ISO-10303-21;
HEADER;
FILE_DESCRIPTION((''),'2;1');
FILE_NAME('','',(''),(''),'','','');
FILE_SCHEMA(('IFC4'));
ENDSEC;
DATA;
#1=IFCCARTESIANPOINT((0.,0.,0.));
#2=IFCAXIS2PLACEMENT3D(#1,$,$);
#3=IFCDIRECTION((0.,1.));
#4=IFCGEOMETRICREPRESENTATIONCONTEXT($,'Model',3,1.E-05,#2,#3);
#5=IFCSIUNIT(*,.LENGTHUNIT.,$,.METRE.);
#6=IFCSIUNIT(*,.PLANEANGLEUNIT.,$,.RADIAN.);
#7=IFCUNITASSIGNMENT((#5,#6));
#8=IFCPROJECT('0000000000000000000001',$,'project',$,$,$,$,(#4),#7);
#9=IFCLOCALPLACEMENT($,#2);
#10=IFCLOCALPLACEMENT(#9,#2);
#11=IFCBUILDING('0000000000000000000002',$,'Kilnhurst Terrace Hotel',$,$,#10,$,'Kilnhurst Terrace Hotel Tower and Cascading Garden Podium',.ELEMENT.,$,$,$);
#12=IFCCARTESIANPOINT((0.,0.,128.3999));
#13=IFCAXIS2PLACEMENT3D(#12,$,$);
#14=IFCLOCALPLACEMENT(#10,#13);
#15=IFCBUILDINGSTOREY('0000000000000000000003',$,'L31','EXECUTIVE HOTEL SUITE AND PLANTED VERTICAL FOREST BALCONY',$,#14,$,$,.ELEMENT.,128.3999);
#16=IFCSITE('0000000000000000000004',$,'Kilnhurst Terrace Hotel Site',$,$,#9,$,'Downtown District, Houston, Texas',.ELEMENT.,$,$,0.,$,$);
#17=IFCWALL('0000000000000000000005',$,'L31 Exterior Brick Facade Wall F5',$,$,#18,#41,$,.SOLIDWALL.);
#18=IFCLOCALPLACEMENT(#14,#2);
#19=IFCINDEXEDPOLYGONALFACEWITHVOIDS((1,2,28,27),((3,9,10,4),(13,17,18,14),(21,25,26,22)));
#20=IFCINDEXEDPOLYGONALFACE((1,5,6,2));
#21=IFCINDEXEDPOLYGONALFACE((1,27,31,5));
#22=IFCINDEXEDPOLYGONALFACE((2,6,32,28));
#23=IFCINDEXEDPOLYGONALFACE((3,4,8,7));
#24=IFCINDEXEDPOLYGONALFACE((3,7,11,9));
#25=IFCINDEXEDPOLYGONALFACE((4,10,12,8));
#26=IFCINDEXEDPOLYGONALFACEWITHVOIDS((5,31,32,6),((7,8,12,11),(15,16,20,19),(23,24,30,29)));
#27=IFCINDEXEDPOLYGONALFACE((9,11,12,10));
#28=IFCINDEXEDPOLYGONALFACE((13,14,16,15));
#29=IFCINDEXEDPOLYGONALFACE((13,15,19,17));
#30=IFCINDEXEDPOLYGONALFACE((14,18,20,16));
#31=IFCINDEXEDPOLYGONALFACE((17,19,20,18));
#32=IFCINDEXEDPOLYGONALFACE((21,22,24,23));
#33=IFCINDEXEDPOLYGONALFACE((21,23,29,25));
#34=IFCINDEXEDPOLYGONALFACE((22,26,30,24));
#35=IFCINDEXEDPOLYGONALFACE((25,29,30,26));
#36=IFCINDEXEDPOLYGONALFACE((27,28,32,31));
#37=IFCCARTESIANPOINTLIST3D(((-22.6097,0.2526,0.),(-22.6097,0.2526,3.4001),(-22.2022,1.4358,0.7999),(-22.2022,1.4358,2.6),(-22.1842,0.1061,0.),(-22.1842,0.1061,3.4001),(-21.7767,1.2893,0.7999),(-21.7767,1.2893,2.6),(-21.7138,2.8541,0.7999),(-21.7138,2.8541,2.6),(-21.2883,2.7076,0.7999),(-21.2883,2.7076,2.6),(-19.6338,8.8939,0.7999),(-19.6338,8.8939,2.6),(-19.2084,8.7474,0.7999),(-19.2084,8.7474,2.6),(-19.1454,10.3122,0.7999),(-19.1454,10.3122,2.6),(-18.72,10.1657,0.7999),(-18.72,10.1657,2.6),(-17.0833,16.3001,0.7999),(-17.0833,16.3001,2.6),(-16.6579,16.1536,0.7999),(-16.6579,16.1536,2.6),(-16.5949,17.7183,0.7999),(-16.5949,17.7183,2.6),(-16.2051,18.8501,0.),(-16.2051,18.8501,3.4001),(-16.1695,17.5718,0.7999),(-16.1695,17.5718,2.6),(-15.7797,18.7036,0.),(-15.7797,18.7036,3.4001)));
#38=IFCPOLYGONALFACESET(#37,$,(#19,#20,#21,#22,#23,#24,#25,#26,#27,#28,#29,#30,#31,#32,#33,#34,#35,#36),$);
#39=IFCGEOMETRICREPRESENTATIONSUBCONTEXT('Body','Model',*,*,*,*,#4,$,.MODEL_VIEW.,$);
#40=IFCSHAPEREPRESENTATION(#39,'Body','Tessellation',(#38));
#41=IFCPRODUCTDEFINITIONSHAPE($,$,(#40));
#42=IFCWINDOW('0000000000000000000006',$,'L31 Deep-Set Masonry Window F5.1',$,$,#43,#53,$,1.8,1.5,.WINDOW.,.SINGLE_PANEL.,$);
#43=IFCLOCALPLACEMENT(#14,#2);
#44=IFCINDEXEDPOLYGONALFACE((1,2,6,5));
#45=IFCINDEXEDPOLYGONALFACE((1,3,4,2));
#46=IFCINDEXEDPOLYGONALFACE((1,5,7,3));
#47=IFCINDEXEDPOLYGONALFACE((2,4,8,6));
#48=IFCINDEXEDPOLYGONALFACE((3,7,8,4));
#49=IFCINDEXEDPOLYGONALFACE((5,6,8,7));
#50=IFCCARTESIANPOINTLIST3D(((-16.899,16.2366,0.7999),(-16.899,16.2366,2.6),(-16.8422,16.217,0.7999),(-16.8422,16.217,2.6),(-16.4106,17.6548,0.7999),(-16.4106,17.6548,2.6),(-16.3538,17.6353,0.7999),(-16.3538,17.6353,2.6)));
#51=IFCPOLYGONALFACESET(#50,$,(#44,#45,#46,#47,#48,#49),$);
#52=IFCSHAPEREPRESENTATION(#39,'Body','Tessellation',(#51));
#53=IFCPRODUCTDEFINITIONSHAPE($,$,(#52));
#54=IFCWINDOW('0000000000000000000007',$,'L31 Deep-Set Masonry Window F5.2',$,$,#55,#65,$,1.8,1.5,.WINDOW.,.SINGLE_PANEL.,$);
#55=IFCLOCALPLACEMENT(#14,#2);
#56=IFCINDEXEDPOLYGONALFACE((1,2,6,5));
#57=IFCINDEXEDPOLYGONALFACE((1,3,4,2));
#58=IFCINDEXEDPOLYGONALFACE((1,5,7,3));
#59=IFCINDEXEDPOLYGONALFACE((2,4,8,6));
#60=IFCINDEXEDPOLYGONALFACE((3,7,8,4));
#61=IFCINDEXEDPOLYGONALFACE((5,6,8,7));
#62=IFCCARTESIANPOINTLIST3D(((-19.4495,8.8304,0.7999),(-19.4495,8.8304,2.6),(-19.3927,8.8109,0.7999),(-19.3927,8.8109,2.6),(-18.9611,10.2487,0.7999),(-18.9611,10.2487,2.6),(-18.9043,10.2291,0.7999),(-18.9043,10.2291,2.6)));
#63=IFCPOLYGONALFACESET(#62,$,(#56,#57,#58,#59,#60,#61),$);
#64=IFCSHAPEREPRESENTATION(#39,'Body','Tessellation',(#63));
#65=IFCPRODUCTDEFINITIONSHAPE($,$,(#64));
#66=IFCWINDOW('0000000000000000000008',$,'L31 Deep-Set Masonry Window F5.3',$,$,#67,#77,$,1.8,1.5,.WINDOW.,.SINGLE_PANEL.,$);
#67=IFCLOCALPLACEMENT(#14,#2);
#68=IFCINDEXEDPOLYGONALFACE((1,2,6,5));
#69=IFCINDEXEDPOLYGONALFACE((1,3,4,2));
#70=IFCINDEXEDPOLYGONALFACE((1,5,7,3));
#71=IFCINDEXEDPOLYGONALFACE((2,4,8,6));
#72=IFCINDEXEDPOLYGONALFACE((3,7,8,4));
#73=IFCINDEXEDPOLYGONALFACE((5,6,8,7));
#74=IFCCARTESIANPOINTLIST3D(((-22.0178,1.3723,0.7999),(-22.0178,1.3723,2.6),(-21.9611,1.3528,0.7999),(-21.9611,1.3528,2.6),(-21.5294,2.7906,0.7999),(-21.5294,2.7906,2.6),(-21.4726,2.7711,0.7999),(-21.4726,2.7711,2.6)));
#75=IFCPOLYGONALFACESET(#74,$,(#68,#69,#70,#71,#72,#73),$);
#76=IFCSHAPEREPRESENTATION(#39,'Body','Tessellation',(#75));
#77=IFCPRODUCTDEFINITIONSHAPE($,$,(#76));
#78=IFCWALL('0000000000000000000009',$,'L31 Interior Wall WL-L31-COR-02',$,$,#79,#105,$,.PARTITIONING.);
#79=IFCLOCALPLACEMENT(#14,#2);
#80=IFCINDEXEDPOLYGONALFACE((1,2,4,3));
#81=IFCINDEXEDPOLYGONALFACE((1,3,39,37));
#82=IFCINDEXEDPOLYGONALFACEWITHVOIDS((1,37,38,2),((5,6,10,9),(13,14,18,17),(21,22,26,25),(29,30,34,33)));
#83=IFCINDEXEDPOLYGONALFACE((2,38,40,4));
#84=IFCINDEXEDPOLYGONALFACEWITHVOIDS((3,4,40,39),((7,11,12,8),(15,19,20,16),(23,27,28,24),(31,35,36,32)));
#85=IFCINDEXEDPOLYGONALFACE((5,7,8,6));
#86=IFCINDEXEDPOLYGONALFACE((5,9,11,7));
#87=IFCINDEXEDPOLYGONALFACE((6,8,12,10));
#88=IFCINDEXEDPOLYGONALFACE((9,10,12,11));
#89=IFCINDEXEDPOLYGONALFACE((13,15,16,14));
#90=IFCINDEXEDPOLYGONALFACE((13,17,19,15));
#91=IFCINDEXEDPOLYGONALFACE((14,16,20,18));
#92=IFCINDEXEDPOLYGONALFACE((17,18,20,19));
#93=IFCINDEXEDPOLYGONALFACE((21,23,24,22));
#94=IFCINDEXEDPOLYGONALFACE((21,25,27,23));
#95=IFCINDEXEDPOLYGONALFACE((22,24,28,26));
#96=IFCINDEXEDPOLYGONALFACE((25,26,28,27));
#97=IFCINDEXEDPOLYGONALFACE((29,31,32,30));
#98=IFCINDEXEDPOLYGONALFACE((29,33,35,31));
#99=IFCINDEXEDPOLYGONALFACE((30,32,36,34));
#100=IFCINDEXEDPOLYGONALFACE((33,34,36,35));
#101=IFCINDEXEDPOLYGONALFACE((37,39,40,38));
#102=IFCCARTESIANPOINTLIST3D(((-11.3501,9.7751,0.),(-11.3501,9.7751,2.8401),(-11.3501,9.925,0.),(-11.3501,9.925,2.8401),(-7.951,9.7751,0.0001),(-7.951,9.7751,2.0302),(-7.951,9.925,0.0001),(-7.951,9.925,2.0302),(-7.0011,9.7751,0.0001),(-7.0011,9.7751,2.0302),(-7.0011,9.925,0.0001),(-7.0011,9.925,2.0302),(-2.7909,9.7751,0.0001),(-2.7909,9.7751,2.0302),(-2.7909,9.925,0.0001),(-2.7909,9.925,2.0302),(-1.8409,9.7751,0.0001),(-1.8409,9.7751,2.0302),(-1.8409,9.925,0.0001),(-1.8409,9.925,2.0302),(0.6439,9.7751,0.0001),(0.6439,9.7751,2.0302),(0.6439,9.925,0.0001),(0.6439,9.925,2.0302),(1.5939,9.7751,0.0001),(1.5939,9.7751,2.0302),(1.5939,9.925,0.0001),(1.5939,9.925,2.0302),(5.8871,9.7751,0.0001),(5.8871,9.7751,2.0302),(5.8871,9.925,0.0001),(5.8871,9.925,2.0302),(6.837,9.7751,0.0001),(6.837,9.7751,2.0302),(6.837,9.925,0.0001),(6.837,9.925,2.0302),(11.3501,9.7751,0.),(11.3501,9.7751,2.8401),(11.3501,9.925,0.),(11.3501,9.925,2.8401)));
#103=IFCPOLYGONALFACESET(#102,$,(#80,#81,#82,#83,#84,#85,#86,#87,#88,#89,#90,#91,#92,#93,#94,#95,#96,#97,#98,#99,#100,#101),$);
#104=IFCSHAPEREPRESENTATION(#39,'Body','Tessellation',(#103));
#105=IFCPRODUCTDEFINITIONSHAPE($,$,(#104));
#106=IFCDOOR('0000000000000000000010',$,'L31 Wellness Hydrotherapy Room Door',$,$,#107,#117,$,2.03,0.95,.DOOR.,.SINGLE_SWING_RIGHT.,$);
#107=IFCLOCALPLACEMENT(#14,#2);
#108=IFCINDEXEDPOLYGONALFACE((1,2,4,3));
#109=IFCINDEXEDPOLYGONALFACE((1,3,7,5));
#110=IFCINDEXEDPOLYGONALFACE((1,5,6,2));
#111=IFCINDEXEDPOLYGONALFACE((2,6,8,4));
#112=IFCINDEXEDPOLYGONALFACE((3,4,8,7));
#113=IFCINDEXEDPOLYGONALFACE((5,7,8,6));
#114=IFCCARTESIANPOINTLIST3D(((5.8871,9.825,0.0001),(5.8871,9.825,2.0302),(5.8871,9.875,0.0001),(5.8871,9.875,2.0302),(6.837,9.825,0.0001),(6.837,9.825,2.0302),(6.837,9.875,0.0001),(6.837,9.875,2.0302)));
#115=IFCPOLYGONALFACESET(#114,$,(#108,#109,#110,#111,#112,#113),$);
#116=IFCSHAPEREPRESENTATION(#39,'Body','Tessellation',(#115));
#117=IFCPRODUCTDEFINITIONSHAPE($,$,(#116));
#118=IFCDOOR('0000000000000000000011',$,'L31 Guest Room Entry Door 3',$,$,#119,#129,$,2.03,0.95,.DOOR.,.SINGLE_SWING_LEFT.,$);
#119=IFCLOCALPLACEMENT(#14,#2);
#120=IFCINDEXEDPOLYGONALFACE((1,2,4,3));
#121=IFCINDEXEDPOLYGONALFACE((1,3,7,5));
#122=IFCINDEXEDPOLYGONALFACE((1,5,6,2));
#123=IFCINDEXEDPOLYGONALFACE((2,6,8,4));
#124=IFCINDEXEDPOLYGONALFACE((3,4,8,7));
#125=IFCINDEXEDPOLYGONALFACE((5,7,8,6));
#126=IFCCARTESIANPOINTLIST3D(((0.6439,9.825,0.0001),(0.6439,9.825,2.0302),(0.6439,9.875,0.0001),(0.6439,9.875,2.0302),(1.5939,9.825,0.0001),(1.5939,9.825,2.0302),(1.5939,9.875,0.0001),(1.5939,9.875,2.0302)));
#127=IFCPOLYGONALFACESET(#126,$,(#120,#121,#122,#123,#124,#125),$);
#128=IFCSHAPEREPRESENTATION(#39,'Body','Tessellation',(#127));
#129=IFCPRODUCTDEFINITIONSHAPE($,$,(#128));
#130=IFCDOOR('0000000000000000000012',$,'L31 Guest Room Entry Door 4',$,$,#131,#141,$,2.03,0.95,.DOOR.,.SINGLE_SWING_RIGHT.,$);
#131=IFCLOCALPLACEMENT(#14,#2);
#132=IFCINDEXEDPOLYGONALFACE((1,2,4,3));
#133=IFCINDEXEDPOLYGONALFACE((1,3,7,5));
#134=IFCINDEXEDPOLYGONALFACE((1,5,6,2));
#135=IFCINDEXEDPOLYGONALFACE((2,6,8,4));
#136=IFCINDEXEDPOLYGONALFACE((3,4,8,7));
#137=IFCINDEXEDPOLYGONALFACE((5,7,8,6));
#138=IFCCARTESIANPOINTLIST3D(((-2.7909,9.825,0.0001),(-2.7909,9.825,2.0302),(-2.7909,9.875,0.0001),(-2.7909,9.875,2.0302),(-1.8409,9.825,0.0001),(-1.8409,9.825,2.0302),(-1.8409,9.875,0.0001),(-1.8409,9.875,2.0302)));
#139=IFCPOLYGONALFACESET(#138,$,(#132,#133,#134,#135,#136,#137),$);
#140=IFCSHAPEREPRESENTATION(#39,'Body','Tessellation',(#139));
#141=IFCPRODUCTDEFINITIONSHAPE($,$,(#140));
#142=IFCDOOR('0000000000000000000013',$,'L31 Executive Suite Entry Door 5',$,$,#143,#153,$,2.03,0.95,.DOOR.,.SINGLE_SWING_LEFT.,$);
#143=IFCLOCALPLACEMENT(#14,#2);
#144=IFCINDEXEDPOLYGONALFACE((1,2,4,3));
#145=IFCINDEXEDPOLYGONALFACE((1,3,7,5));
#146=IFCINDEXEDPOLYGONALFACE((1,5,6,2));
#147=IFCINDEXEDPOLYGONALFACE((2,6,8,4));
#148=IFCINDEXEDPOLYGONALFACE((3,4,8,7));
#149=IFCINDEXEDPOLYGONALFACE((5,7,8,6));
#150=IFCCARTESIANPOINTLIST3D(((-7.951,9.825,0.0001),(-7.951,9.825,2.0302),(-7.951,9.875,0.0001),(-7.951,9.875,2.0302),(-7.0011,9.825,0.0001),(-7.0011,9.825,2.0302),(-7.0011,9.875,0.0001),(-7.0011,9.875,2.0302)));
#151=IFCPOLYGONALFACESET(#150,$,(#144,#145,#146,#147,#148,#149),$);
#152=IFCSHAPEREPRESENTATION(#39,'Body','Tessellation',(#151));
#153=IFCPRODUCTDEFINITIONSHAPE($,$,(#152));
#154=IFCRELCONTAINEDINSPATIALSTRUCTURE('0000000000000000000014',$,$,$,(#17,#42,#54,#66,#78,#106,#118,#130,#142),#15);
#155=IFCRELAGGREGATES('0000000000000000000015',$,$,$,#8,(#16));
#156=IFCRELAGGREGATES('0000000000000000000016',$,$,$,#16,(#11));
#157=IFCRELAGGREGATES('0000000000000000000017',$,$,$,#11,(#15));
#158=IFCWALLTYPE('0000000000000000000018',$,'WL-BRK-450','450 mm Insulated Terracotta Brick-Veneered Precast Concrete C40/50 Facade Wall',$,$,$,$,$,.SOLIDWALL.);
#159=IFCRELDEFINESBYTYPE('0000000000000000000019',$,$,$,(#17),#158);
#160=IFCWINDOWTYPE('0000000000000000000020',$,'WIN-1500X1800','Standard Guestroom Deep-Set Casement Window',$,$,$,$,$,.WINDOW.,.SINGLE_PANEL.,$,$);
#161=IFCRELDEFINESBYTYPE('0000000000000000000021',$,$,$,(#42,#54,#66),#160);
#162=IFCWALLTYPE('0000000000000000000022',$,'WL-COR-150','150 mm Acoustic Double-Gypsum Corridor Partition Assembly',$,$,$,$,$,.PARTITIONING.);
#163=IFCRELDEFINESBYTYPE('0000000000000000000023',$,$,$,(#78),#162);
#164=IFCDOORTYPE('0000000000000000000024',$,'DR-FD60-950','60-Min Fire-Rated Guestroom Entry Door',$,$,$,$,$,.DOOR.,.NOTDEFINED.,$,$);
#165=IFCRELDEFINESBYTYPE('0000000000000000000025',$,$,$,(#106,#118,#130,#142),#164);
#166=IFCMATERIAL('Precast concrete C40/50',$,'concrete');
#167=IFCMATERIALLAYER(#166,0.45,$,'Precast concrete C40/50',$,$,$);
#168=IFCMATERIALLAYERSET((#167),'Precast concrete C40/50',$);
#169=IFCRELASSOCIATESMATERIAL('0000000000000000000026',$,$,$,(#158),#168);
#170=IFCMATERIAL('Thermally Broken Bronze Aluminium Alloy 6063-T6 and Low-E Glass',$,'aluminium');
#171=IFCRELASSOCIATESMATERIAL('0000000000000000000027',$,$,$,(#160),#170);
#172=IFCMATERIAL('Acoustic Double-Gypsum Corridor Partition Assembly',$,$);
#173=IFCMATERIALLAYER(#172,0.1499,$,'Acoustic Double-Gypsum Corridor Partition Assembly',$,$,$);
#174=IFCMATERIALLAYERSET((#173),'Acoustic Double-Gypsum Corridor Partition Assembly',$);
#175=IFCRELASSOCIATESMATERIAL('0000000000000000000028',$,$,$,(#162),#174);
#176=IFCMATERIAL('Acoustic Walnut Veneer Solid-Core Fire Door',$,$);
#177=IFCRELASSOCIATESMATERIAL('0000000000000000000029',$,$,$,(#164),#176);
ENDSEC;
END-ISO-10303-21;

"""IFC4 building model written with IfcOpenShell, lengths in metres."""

from ifc_helpers import new_model, si_unit, direction, frame, frame_2d, origin, place, context, subcontext, project, spatial, rectangle, extrude, material, layer, layer_set, type_object, element, fill, save


model = new_model("IFC4")

# Units and contexts
model_context = context("Model", 3, precision=1e-05, world=origin(), true_north=direction((0.0, 1.0)))
body_context = subcontext(model_context, "Body", "Model", "MODEL_VIEW")
ifc_project = project(units=[si_unit("LENGTHUNIT", "METRE"), si_unit("PLANEANGLEUNIT", "RADIAN")], contexts=[model_context])

# Site, building, storey
site_placement = place(None, origin())
site = spatial("IfcSite", under=ifc_project, at=site_placement, Name="Kilnhurst Terrace Hotel Site", LongName="Downtown District, Houston, Texas", CompositionType="ELEMENT", RefElevation=0.0)
building_placement = place(site_placement, origin())
building = spatial("IfcBuilding", under=site, at=building_placement, Name="Kilnhurst Terrace Hotel", LongName="Kilnhurst Terrace Hotel Tower and Cascading Garden Podium", CompositionType="ELEMENT")
storey_placement = place(building_placement, frame((0.0, 0.0, 128.3999)))
storey = spatial("IfcBuildingStorey", under=building, at=storey_placement, Name="L31", Description="EXECUTIVE HOTEL SUITE AND PLANTED VERTICAL FOREST BALCONY", CompositionType="ELEMENT", Elevation=128.3999)

# Shared definitions
ifc_material_1 = material(Name="Precast concrete C40/50", Category="concrete")
ifc_layer_1 = layer(ifc_material_1, 0.45, Name="Precast concrete C40/50")
ifc_layer_set_1 = layer_set([ifc_layer_1], Name="Precast concrete C40/50")
wall_type_1 = type_object("IfcWallType", Name="WL-BRK-450", Description="450 mm Insulated Terracotta Brick-Veneered Precast Concrete C40/50 Facade Wall", PredefinedType="SOLIDWALL", material=ifc_layer_set_1)

# Wall, openings, windows
wall_1_placement = place(storey_placement, frame((-15.9924, 18.7769, 0.0), z_axis=(0.0, 0.0, 1.0), x_axis=(-0.325607, -0.945505, 0.0)))
wall_1 = element("IfcWall", 1, at=wall_1_placement, inside=storey, type_object=wall_type_1, Name="L31 Exterior Brick Facade Wall F5", PredefinedType="SOLIDWALL", context=body_context, shape_type="SweptSolid", body=[
    extrude(rectangle(XDim=19.6694, YDim=0.45, at=frame_2d((9.8347, 0.0))), origin(), (0.0, 0.0, 1.0), 3.4001),
])
opening_1_placement = place(wall_1_placement, frame((1.197, 0.0, 0.8)))
opening_1 = element("IfcOpeningElement", 2, at=opening_1_placement, cuts=wall_1, PredefinedType="OPENING", context=body_context, shape_type="SweptSolid", body=[
    extrude(rectangle(XDim=1.5, YDim=1.8, at=frame_2d((0.75, 0.8999))), frame((0.0, 0.2349, 0.0), z_axis=(0.0, -1.0, 0.0), x_axis=(1.0, 0.0, 0.0)), (0.0, 0.0, 1.0), 0.47),
])
opening_2_placement = place(wall_1_placement, frame((9.03, 0.0, 0.8)))
opening_2 = element("IfcOpeningElement", 3, at=opening_2_placement, cuts=wall_1, PredefinedType="OPENING", context=body_context, shape_type="SweptSolid", body=[
    extrude(rectangle(XDim=1.5, YDim=1.8, at=frame_2d((0.75, 0.8999))), frame((0.0, 0.2349, 0.0), z_axis=(0.0, -1.0, 0.0), x_axis=(1.0, 0.0, 0.0)), (0.0, 0.0, 1.0), 0.47),
])
opening_3_placement = place(wall_1_placement, frame((16.918, 0.0, 0.8)))
opening_3 = element("IfcOpeningElement", 4, at=opening_3_placement, cuts=wall_1, PredefinedType="OPENING", context=body_context, shape_type="SweptSolid", body=[
    extrude(rectangle(XDim=1.5, YDim=1.8, at=frame_2d((0.75, 0.8999))), frame((0.0, 0.2349, 0.0), z_axis=(0.0, -1.0, 0.0), x_axis=(1.0, 0.0, 0.0)), (0.0, 0.0, 1.0), 0.47),
])
ifc_material_2 = material(Name="Thermally Broken Bronze Aluminium Alloy 6063-T6 and Low-E Glass", Category="aluminium")
window_type = type_object("IfcWindowType", Name="WIN-1500X1800", Description="Standard Guestroom Deep-Set Casement Window", PartitioningType="SINGLE_PANEL", PredefinedType="WINDOW", material=ifc_material_2)
window_1_placement = place(opening_1_placement, origin())
window_1 = element("IfcWindow", 5, at=window_1_placement, inside=storey, type_object=window_type, Name="L31 Deep-Set Masonry Window F5.1", OverallHeight=1.8, OverallWidth=1.5, PartitioningType="SINGLE_PANEL", PredefinedType="WINDOW", context=body_context, shape_type="SweptSolid", body=[
    extrude(rectangle(XDim=1.5, YDim=1.8, at=frame_2d((0.75, 0.8999))), frame((0.0, 0.03, 0.0), z_axis=(0.0, -1.0, 0.0), x_axis=(1.0, 0.0, 0.0)), (0.0, 0.0, 1.0), 0.0601),
])
fill(opening_1, window_1)
window_2_placement = place(opening_2_placement, origin())
window_2 = element("IfcWindow", 6, at=window_2_placement, inside=storey, type_object=window_type, Name="L31 Deep-Set Masonry Window F5.2", OverallHeight=1.8, OverallWidth=1.5, PartitioningType="SINGLE_PANEL", PredefinedType="WINDOW", context=body_context, shape_type="SweptSolid", body=[
    extrude(rectangle(XDim=1.5, YDim=1.8, at=frame_2d((0.75, 0.8999))), frame((0.0, 0.03, 0.0), z_axis=(0.0, -1.0, 0.0), x_axis=(1.0, 0.0, 0.0)), (0.0, 0.0, 1.0), 0.0601),
])
fill(opening_2, window_2)
window_3_placement = place(opening_3_placement, origin())
window_3 = element("IfcWindow", 7, at=window_3_placement, inside=storey, type_object=window_type, Name="L31 Deep-Set Masonry Window F5.3", OverallHeight=1.8, OverallWidth=1.5, PartitioningType="SINGLE_PANEL", PredefinedType="WINDOW", context=body_context, shape_type="SweptSolid", body=[
    extrude(rectangle(XDim=1.5, YDim=1.8, at=frame_2d((0.75, 0.8999))), frame((0.0, 0.03, 0.0), z_axis=(0.0, -1.0, 0.0), x_axis=(1.0, 0.0, 0.0)), (0.0, 0.0, 1.0), 0.0601),
])
fill(opening_3, window_3)

# Wall, openings, doors
ifc_material_3 = material(Name="Acoustic Double-Gypsum Corridor Partition Assembly")
ifc_layer_2 = layer(ifc_material_3, 0.1499, Name="Acoustic Double-Gypsum Corridor Partition Assembly")
ifc_layer_set_2 = layer_set([ifc_layer_2], Name="Acoustic Double-Gypsum Corridor Partition Assembly")
wall_type_2 = type_object("IfcWallType", Name="WL-COR-150", Description="150 mm Acoustic Double-Gypsum Corridor Partition Assembly", PredefinedType="PARTITIONING", material=ifc_layer_set_2)
wall_2_placement = place(storey_placement, frame((-11.3501, 9.8501, 0.0), z_axis=(0.0, 0.0, 1.0), x_axis=(1.0, 0.0, 0.0)))
wall_2 = element("IfcWall", 8, at=wall_2_placement, inside=storey, type_object=wall_type_2, Name="L31 Interior Wall WL-L31-COR-02", PredefinedType="PARTITIONING", context=body_context, shape_type="SweptSolid", body=[
    extrude(rectangle(XDim=22.7002, YDim=0.1499, at=frame_2d((11.3501, 0.0))), origin(), (0.0, 0.0, 1.0), 2.8401),
])
opening_4_placement = place(wall_2_placement, frame((17.2371, 0.0, 0.0)))
opening_4 = element("IfcOpeningElement", 9, at=opening_4_placement, cuts=wall_2, PredefinedType="OPENING", context=body_context, shape_type="SweptSolid", body=[
    extrude(rectangle(XDim=0.95, YDim=2.03, at=frame_2d((0.4751, 1.0151))), frame((0.0, 0.085, 0.0), z_axis=(0.0, -1.0, 0.0), x_axis=(1.0, 0.0, 0.0)), (0.0, 0.0, 1.0), 0.1699),
])
opening_5_placement = place(wall_2_placement, frame((11.9939, 0.0, 0.0)))
opening_5 = element("IfcOpeningElement", 10, at=opening_5_placement, cuts=wall_2, PredefinedType="OPENING", context=body_context, shape_type="SweptSolid", body=[
    extrude(rectangle(XDim=0.95, YDim=2.03, at=frame_2d((0.4751, 1.0151))), frame((0.0, 0.085, 0.0), z_axis=(0.0, -1.0, 0.0), x_axis=(1.0, 0.0, 0.0)), (0.0, 0.0, 1.0), 0.1699),
])
opening_6_placement = place(wall_2_placement, frame((8.5591, 0.0, 0.0)))
opening_6 = element("IfcOpeningElement", 11, at=opening_6_placement, cuts=wall_2, PredefinedType="OPENING", context=body_context, shape_type="SweptSolid", body=[
    extrude(rectangle(XDim=0.95, YDim=2.03, at=frame_2d((0.4751, 1.0151))), frame((0.0, 0.085, 0.0), z_axis=(0.0, -1.0, 0.0), x_axis=(1.0, 0.0, 0.0)), (0.0, 0.0, 1.0), 0.1699),
])
opening_7_placement = place(wall_2_placement, frame((3.3989, 0.0, 0.0)))
opening_7 = element("IfcOpeningElement", 12, at=opening_7_placement, cuts=wall_2, PredefinedType="OPENING", context=body_context, shape_type="SweptSolid", body=[
    extrude(rectangle(XDim=0.95, YDim=2.03, at=frame_2d((0.4751, 1.0151))), frame((0.0, 0.085, 0.0), z_axis=(0.0, -1.0, 0.0), x_axis=(1.0, 0.0, 0.0)), (0.0, 0.0, 1.0), 0.1699),
])
ifc_material_4 = material(Name="Acoustic Walnut Veneer Solid-Core Fire Door")
door_type_1 = type_object("IfcDoorType", Name="DR-FD60-950", Description="60-Min Fire-Rated Guestroom Entry Door", OperationType="NOTDEFINED", PredefinedType="DOOR", material=ifc_material_4)
door_1_placement = place(opening_4_placement, origin())
door_1 = element("IfcDoor", 13, at=door_1_placement, inside=storey, type_object=door_type_1, Name="L31 Wellness Hydrotherapy Room Door", OperationType="SINGLE_SWING_RIGHT", OverallHeight=2.03, OverallWidth=0.95, PredefinedType="DOOR", context=body_context, shape_type="SweptSolid", body=[
    extrude(rectangle(XDim=0.95, YDim=2.03, at=frame_2d((0.4751, 1.0151))), frame((0.0, 0.0249, 0.0), z_axis=(0.0, -1.0, 0.0), x_axis=(1.0, 0.0, 0.0)), (0.0, 0.0, 1.0), 0.05),
])
fill(opening_4, door_1)
door_2_placement = place(opening_5_placement, origin())
door_2 = element("IfcDoor", 14, at=door_2_placement, inside=storey, type_object=door_type_1, Name="L31 Guest Room Entry Door 3", OperationType="SINGLE_SWING_LEFT", OverallHeight=2.03, OverallWidth=0.95, PredefinedType="DOOR", context=body_context, shape_type="SweptSolid", body=[
    extrude(rectangle(XDim=0.95, YDim=2.03, at=frame_2d((0.4751, 1.0151))), frame((0.0, 0.0249, 0.0), z_axis=(0.0, -1.0, 0.0), x_axis=(1.0, 0.0, 0.0)), (0.0, 0.0, 1.0), 0.05),
])
fill(opening_5, door_2)
door_3_placement = place(opening_6_placement, origin())
door_3 = element("IfcDoor", 15, at=door_3_placement, inside=storey, type_object=door_type_1, Name="L31 Guest Room Entry Door 4", OperationType="SINGLE_SWING_RIGHT", OverallHeight=2.03, OverallWidth=0.95, PredefinedType="DOOR", context=body_context, shape_type="SweptSolid", body=[
    extrude(rectangle(XDim=0.95, YDim=2.03, at=frame_2d((0.4751, 1.0151))), frame((0.0, 0.0249, 0.0), z_axis=(0.0, -1.0, 0.0), x_axis=(1.0, 0.0, 0.0)), (0.0, 0.0, 1.0), 0.05),
])
fill(opening_6, door_3)
door_4_placement = place(opening_7_placement, origin())
door_4 = element("IfcDoor", 16, at=door_4_placement, inside=storey, type_object=door_type_1, Name="L31 Executive Suite Entry Door 5", OperationType="SINGLE_SWING_LEFT", OverallHeight=2.03, OverallWidth=0.95, PredefinedType="DOOR", context=body_context, shape_type="SweptSolid", body=[
    extrude(rectangle(XDim=0.95, YDim=2.03, at=frame_2d((0.4751, 1.0151))), frame((0.0, 0.0249, 0.0), z_axis=(0.0, -1.0, 0.0), x_axis=(1.0, 0.0, 0.0)), (0.0, 0.0, 1.0), 0.05),
])
fill(opening_7, door_4)

save(model, "model.ifc")
